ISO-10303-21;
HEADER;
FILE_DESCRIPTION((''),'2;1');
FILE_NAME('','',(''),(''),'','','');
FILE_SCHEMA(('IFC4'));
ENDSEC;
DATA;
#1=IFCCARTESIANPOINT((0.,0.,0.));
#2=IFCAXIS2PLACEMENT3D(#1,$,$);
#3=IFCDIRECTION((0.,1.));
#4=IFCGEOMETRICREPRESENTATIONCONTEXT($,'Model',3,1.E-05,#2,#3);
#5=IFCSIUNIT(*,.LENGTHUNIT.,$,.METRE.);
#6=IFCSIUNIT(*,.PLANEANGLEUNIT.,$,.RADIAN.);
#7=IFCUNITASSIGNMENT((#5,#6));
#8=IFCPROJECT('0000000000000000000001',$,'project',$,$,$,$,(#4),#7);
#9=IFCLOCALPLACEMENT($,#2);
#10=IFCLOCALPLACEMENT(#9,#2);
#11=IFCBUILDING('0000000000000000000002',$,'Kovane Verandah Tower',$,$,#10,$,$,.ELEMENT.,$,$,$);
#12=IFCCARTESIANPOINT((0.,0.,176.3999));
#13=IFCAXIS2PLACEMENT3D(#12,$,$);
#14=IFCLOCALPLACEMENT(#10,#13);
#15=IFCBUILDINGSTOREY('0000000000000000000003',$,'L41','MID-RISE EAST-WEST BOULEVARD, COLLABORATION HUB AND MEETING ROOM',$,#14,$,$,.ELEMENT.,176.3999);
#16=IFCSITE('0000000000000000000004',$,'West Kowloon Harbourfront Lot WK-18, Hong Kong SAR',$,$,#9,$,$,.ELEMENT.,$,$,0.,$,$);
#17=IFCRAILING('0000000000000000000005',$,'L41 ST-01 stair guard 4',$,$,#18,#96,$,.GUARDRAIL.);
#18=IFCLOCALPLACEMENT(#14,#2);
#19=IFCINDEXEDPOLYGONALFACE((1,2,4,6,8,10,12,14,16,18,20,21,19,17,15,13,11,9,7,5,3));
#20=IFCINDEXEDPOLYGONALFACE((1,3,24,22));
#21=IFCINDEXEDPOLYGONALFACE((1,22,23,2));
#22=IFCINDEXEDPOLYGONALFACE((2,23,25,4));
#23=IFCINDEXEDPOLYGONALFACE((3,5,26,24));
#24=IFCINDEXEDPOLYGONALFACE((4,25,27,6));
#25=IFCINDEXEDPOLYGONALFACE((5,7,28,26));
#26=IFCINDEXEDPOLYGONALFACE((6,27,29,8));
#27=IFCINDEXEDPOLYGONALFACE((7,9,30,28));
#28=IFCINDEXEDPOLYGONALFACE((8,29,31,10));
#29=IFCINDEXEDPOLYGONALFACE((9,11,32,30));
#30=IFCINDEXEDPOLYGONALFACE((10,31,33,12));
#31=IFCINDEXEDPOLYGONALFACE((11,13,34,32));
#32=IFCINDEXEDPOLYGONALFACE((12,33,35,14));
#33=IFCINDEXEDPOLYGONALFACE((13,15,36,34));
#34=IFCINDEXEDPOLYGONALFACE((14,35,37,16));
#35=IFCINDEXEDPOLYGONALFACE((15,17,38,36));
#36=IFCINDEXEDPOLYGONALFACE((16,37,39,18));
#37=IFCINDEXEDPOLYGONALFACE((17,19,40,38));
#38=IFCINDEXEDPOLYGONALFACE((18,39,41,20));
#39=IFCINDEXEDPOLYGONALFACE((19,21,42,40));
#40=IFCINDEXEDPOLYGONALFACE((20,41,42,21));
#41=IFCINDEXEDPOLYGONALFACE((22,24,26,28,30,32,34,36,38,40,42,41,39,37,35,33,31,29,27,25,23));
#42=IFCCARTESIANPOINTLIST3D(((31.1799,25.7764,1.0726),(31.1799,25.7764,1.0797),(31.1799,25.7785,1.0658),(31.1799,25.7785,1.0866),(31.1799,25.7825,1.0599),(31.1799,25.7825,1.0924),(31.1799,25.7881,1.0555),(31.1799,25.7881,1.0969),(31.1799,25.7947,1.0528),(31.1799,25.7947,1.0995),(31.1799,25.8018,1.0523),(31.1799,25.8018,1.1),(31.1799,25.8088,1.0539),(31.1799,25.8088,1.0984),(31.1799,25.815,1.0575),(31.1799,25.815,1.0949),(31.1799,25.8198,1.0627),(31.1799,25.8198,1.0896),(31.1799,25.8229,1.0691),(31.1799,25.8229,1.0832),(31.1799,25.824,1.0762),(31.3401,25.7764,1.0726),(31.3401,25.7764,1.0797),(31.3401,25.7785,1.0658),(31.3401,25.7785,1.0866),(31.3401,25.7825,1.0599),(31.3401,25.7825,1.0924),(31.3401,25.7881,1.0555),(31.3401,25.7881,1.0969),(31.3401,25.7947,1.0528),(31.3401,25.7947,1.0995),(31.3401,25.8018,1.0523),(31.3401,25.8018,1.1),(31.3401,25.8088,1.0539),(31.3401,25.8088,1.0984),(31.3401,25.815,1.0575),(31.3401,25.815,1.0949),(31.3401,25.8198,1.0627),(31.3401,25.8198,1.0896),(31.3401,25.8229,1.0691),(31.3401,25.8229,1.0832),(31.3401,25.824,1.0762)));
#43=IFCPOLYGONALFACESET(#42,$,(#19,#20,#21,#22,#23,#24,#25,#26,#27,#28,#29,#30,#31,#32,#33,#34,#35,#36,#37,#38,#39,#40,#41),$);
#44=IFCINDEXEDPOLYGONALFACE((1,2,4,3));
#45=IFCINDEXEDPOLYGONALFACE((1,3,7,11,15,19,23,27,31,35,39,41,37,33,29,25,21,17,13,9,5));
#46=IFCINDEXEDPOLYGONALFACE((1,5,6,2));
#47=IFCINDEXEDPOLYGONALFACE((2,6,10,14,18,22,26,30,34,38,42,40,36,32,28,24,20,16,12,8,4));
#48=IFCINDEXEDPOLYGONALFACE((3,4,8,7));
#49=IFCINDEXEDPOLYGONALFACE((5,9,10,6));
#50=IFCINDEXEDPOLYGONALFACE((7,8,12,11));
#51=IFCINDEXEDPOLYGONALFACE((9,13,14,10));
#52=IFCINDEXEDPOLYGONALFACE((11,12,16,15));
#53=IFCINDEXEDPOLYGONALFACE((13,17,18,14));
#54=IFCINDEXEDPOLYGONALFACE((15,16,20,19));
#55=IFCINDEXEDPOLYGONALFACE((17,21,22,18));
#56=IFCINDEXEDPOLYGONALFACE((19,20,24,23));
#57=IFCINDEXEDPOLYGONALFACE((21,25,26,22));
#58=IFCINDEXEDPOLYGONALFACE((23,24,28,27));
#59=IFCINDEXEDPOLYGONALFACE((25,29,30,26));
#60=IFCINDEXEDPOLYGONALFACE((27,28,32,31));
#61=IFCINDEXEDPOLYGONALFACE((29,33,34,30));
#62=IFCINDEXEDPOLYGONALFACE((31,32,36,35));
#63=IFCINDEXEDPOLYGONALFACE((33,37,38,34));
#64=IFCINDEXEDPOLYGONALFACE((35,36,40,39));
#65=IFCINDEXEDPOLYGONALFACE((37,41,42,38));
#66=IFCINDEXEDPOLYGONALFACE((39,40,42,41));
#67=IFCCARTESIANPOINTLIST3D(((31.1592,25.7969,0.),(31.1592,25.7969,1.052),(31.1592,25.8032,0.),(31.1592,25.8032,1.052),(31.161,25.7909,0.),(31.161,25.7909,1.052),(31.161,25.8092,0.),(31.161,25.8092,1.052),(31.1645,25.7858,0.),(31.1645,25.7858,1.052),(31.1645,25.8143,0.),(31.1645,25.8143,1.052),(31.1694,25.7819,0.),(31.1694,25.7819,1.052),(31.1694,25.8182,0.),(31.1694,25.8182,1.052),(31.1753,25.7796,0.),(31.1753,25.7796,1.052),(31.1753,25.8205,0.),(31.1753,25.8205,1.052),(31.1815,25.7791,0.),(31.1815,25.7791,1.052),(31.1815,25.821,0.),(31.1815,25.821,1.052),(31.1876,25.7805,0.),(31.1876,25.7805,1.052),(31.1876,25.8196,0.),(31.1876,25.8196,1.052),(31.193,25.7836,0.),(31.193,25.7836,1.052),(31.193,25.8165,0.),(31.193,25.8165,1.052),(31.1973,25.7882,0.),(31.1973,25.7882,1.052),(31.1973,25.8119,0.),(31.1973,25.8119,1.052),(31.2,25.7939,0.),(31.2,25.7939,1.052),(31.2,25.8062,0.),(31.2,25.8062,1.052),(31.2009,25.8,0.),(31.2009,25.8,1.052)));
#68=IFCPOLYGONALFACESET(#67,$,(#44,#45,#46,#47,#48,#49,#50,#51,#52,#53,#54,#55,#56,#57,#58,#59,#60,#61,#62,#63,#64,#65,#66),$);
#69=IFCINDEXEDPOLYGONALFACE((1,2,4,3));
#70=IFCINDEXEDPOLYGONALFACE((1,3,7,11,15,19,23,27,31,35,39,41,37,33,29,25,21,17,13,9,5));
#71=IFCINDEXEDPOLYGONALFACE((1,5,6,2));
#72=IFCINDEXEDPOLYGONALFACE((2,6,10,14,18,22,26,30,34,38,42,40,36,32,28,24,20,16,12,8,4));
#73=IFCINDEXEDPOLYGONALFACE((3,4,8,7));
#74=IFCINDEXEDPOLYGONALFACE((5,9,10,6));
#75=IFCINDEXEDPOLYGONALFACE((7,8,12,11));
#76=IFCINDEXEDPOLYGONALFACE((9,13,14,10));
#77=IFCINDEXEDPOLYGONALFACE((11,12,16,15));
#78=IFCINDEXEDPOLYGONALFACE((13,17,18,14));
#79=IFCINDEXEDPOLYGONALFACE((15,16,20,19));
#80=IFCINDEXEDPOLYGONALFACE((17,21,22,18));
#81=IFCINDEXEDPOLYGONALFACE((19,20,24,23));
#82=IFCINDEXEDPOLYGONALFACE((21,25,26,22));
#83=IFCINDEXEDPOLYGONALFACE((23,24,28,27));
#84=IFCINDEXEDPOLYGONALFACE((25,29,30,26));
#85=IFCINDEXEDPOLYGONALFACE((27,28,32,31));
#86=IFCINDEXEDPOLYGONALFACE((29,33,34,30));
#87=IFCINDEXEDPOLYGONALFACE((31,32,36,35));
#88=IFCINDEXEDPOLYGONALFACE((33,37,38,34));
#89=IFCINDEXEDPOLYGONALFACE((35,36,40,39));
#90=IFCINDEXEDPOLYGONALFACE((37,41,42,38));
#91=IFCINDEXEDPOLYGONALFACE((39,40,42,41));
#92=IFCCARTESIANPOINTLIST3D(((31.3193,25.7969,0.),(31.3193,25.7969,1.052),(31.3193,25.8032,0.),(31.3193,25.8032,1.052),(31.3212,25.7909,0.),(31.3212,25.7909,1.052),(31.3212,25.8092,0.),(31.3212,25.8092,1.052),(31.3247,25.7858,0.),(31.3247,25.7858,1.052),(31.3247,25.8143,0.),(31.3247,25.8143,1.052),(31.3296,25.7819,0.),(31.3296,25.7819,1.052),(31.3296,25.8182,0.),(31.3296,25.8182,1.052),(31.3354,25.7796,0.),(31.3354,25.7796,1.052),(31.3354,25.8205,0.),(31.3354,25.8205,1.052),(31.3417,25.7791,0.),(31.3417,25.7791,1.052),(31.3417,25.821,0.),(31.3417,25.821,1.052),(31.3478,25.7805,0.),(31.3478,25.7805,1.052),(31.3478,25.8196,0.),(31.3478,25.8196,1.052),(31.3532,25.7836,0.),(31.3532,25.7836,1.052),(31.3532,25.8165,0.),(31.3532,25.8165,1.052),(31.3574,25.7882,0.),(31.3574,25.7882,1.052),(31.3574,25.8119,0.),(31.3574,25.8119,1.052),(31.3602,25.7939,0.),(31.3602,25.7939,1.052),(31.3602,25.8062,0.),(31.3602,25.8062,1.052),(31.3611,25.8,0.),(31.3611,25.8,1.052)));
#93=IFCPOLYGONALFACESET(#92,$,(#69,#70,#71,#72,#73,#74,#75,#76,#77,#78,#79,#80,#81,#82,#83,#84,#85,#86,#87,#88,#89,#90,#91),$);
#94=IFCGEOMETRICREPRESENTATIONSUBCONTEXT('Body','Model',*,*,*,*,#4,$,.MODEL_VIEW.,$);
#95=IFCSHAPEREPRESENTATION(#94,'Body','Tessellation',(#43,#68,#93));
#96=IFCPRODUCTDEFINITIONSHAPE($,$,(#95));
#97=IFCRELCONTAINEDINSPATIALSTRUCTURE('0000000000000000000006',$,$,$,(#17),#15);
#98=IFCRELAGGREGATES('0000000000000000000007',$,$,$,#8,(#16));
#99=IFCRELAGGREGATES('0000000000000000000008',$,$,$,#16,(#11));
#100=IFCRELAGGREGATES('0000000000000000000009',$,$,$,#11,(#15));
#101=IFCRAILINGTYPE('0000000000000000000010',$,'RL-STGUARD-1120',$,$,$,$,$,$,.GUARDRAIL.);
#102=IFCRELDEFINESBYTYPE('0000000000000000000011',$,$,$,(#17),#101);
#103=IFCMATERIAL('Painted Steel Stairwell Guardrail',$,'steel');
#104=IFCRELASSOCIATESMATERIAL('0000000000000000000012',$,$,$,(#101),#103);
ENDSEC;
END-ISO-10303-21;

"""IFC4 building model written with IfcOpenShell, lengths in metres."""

from ifc_helpers import new_model, si_unit, direction, frame, origin, origin_2d, place, context, subcontext, project, spatial, circle, extrude, material, type_object, element, save


model = new_model("IFC4")

# Units and contexts
model_context = context("Model", 3, precision=1e-05, world=origin(), true_north=direction((0.0, 1.0)))
body_context = subcontext(model_context, "Body", "Model", "MODEL_VIEW")
ifc_project = project(units=[si_unit("LENGTHUNIT", "METRE"), si_unit("PLANEANGLEUNIT", "RADIAN")], contexts=[model_context])

# Site, building, storey
site_placement = place(None, origin())
site = spatial("IfcSite", under=ifc_project, at=site_placement, Name="West Kowloon Harbourfront Lot WK-18, Hong Kong SAR", CompositionType="ELEMENT", RefElevation=0.0)
building_placement = place(site_placement, origin())
building = spatial("IfcBuilding", under=site, at=building_placement, Name="Kovane Verandah Tower", CompositionType="ELEMENT")
storey_placement = place(building_placement, frame((0.0, 0.0, 176.3999)))
storey = spatial("IfcBuildingStorey", under=building, at=storey_placement, Name="L41", Description="MID-RISE EAST-WEST BOULEVARD, COLLABORATION HUB AND MEETING ROOM", CompositionType="ELEMENT", Elevation=176.3999)

# Railing
ifc_material_1 = material(Name="Painted Steel Stairwell Guardrail", Category="steel")
railing_type_1 = type_object("IfcRailingType", Name="RL-STGUARD-1120", PredefinedType="GUARDRAIL", material=ifc_material_1)
railing_1_placement = place(storey_placement, frame((31.1799, 25.8, 0.0)))
element("IfcRailing", 1, at=railing_1_placement, inside=storey, type_object=railing_type_1, Name="L41 ST-01 stair guard 4", PredefinedType="GUARDRAIL", context=body_context, shape_type="SweptSolid", body=[
    extrude(circle(Radius=0.0239, at=origin_2d()), frame((0.0, 0.0, 1.0762), z_axis=(1.0, 0.0, 0.0), x_axis=(0.0, 1.0, 0.0)), (0.0, 0.0, 1.0), 0.1602),
    extrude(circle(Radius=0.021, at=origin_2d()), origin(), (0.0, 0.0, 1.0), 1.052),
    extrude(circle(Radius=0.021, at=origin_2d()), frame((0.1602, 0.0, 0.0)), (0.0, 0.0, 1.0), 1.052),
])

save(model, "model.ifc")
